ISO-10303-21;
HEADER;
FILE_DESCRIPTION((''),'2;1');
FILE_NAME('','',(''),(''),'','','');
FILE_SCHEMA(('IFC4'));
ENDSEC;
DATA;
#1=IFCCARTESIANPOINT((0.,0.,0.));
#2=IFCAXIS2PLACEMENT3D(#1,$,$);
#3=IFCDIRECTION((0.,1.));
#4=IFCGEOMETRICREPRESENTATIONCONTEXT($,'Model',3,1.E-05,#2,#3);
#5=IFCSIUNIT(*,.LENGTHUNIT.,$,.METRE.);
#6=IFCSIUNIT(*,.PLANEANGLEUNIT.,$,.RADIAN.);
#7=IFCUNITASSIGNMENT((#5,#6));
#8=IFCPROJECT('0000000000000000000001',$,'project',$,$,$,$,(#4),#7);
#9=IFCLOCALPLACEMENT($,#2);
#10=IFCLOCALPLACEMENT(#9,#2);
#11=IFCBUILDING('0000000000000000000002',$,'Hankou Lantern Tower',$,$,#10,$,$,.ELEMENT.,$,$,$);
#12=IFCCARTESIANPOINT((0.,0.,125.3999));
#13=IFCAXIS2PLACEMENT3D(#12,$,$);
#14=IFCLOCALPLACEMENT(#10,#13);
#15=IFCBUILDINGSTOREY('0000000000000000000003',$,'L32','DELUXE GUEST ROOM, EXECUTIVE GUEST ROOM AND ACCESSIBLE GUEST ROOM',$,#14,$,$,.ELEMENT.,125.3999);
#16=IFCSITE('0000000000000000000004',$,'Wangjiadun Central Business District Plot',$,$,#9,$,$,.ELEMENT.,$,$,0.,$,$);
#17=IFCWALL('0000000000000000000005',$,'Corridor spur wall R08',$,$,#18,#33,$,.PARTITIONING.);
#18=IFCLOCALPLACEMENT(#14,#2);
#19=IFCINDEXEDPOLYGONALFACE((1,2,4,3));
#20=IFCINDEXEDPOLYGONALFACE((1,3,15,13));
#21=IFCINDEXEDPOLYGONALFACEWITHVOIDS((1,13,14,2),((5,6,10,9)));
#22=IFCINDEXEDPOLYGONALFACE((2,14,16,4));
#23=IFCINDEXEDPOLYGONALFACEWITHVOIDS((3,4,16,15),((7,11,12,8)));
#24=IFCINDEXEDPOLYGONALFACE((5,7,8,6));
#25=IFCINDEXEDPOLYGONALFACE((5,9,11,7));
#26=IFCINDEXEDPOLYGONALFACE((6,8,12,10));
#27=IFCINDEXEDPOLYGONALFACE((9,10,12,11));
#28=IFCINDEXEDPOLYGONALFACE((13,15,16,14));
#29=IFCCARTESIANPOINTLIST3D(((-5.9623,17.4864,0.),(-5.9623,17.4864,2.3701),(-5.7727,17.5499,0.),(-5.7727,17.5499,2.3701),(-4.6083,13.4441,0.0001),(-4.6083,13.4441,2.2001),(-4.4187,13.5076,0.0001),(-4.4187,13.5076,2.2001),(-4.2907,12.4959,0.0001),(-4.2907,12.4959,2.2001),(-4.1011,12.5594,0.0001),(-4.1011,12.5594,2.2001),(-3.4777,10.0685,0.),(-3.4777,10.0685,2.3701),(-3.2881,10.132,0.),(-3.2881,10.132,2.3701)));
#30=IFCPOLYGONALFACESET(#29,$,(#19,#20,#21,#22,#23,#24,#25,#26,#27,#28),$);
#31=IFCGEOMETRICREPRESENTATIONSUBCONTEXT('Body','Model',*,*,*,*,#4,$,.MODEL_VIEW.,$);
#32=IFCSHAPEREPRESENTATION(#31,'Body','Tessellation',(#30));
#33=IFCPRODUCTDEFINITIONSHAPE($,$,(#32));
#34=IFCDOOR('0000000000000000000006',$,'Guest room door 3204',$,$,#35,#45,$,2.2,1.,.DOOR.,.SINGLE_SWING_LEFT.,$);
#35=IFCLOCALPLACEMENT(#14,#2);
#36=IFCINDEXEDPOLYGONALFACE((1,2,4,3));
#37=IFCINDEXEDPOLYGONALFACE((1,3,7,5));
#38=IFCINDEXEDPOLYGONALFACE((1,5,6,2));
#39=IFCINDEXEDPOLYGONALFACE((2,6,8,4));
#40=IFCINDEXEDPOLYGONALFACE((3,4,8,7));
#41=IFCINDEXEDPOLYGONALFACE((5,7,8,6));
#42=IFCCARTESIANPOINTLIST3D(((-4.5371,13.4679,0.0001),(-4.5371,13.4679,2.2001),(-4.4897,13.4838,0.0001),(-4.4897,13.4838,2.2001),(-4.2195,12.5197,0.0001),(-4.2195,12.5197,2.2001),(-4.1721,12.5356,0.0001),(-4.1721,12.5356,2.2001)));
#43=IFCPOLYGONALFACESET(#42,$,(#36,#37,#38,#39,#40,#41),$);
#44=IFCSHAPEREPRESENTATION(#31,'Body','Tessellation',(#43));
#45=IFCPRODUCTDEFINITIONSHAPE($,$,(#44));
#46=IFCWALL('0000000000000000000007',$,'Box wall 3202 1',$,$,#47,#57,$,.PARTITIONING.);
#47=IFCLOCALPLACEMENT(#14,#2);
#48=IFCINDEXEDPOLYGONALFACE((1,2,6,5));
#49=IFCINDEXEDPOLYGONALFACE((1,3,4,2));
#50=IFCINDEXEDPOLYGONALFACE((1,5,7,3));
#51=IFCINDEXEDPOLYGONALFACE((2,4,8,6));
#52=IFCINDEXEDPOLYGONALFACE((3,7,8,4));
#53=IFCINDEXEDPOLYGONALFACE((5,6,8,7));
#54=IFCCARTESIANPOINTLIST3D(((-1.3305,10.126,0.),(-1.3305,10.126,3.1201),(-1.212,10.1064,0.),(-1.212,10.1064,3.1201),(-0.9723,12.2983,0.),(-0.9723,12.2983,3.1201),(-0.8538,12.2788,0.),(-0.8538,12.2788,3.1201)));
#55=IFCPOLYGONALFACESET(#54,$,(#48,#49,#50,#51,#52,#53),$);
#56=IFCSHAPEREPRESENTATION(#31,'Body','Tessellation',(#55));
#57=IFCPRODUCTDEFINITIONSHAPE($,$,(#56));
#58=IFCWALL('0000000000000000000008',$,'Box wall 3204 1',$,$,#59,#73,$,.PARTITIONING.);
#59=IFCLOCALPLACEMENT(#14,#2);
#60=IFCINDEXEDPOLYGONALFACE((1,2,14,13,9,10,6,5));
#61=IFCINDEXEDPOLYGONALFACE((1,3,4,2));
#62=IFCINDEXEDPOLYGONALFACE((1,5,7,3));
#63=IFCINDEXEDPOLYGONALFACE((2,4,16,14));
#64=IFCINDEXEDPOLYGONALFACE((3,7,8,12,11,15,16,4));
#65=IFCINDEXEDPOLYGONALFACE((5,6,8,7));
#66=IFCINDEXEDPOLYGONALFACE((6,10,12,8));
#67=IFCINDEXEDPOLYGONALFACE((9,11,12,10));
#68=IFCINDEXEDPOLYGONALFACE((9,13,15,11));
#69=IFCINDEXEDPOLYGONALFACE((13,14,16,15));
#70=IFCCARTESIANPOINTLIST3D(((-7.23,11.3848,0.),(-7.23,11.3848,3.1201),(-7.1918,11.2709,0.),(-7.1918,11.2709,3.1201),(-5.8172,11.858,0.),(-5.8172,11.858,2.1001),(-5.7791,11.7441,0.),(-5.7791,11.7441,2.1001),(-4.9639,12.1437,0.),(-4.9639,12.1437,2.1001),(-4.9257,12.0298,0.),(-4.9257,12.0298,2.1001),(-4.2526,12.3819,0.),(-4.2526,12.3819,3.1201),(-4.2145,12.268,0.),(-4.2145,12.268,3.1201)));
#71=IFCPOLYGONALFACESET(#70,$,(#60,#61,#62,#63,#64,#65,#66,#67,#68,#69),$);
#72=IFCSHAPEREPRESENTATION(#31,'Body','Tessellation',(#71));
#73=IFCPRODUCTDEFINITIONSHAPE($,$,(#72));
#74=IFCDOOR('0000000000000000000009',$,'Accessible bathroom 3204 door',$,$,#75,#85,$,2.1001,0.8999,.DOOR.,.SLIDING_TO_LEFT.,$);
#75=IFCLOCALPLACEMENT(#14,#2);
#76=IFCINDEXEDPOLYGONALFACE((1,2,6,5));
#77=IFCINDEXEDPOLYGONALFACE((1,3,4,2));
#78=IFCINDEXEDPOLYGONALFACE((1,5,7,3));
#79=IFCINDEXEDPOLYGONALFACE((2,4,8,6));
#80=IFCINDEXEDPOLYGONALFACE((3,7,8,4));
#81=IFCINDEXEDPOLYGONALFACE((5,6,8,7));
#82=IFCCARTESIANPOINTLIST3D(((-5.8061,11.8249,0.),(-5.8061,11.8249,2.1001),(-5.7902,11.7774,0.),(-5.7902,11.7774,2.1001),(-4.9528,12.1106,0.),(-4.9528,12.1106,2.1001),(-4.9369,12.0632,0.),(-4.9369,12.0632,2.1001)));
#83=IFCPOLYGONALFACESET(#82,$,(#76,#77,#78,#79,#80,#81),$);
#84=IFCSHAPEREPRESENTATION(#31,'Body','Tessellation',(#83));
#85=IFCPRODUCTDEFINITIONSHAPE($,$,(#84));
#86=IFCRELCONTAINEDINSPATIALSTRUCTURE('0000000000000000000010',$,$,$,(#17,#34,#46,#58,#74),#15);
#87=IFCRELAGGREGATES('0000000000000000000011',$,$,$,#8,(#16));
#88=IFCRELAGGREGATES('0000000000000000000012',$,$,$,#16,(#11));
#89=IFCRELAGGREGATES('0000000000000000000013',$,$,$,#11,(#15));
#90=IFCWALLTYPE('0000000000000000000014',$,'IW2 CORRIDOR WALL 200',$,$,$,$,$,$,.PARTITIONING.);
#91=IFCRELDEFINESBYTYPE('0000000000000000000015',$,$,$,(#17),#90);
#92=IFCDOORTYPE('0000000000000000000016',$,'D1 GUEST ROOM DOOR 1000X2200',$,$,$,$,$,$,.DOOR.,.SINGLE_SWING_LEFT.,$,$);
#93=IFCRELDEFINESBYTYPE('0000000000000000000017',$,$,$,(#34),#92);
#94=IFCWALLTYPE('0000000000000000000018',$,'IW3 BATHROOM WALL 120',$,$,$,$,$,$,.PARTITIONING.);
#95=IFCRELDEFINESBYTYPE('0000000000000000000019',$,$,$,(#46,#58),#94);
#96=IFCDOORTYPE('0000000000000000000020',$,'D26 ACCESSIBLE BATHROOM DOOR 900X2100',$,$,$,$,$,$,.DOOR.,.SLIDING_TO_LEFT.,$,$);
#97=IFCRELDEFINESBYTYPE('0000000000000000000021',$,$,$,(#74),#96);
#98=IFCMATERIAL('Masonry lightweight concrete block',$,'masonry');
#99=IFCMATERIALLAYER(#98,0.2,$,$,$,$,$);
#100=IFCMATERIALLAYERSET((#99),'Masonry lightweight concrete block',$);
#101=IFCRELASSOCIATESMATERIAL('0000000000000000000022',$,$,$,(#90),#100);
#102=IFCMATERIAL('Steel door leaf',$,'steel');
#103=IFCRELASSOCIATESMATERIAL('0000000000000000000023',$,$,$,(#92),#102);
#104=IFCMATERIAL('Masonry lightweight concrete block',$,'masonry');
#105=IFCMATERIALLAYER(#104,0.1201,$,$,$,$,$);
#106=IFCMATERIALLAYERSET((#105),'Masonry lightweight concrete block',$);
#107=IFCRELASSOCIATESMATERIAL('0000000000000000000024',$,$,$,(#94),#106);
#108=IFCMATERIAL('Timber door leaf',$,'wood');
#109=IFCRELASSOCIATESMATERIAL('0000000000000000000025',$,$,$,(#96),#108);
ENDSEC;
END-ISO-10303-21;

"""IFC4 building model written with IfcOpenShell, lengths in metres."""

from ifc_helpers import new_model, si_unit, direction, frame, frame_2d, origin, place, context, subcontext, project, spatial, rectangle, extrude, material, layer, layer_set, type_object, element, fill, save


model = new_model("IFC4")

# Units and contexts
model_context = context("Model", 3, precision=1e-05, world=origin(), true_north=direction((0.0, 1.0)))
body_context = subcontext(model_context, "Body", "Model", "MODEL_VIEW")
ifc_project = project(units=[si_unit("LENGTHUNIT", "METRE"), si_unit("PLANEANGLEUNIT", "RADIAN")], contexts=[model_context])

# Site, building, storey
site_placement = place(None, origin())
site = spatial("IfcSite", under=ifc_project, at=site_placement, Name="Wangjiadun Central Business District Plot", CompositionType="ELEMENT", RefElevation=0.0)
building_placement = place(site_placement, origin())
building = spatial("IfcBuilding", under=site, at=building_placement, Name="Hankou Lantern Tower", CompositionType="ELEMENT")
storey_placement = place(building_placement, frame((0.0, 0.0, 125.3999)))
storey = spatial("IfcBuildingStorey", under=building, at=storey_placement, Name="L32", Description="DELUXE GUEST ROOM, EXECUTIVE GUEST ROOM AND ACCESSIBLE GUEST ROOM", CompositionType="ELEMENT", Elevation=125.3999)

# Shared definitions
ifc_material_1 = material(Name="Masonry lightweight concrete block", Category="masonry")
ifc_layer_1 = layer(ifc_material_1, 0.2)
ifc_layer_set_1 = layer_set([ifc_layer_1], Name="Masonry lightweight concrete block")
wall_type_1 = type_object("IfcWallType", Name="IW2 CORRIDOR WALL 200", PredefinedType="PARTITIONING", material=ifc_layer_set_1)

# Wall, opening, door
wall_1_placement = place(storey_placement, frame((-3.3828, 10.1001, 0.0), z_axis=(0.0, 0.0, 1.0), x_axis=(-0.317604, 0.948224, 0.0)))
wall_1 = element("IfcWall", 1, at=wall_1_placement, inside=storey, type_object=wall_type_1, Name="Corridor spur wall R08", PredefinedType="PARTITIONING", context=body_context, shape_type="SweptSolid", body=[
    extrude(rectangle(XDim=7.823, YDim=0.2, at=frame_2d((3.9116, 0.0))), origin(), (0.0, 0.0, 1.0), 2.3701),
])
opening_1_placement = place(wall_1_placement, frame((2.5601, 0.0, 0.0)))
opening_1 = element("IfcOpeningElement", 2, at=opening_1_placement, cuts=wall_1, PredefinedType="OPENING", context=body_context, shape_type="SweptSolid", body=[
    extrude(rectangle(XDim=1.0, YDim=2.2, at=frame_2d((0.5, 1.1001))), frame((0.0, 0.1099, 0.0), z_axis=(0.0, -1.0, 0.0), x_axis=(1.0, 0.0, 0.0)), (0.0, 0.0, 1.0), 0.22),
])
ifc_material_2 = material(Name="Steel door leaf", Category="steel")
door_type_1 = type_object("IfcDoorType", Name="D1 GUEST ROOM DOOR 1000X2200", OperationType="SINGLE_SWING_LEFT", PredefinedType="DOOR", material=ifc_material_2)
door_1_placement = place(opening_1_placement, origin())
door_1 = element("IfcDoor", 3, at=door_1_placement, inside=storey, type_object=door_type_1, Name="Guest room door 3204", OperationType="SINGLE_SWING_LEFT", OverallHeight=2.2, OverallWidth=1.0, PredefinedType="DOOR", context=body_context, shape_type="SweptSolid", body=[
    extrude(rectangle(XDim=1.0, YDim=2.2, at=frame_2d((0.5, 1.1001))), frame((0.0, 0.0249, 0.0), z_axis=(0.0, -1.0, 0.0), x_axis=(1.0, 0.0, 0.0)), (0.0, 0.0, 1.0), 0.05),
])
fill(opening_1, door_1)

# Wall
ifc_material_3 = material(Name="Masonry lightweight concrete block", Category="masonry")
ifc_layer_2 = layer(ifc_material_3, 0.1201)
ifc_layer_set_2 = layer_set([ifc_layer_2], Name="Masonry lightweight concrete block")
wall_type_2 = type_object("IfcWallType", Name="IW3 BATHROOM WALL 120", PredefinedType="PARTITIONING", material=ifc_layer_set_2)
wall_2_placement = place(storey_placement, frame((-1.2712, 10.1162, 0.0), z_axis=(0.0, 0.0, 1.0), x_axis=(0.162672, 0.98668, 0.0)))
element("IfcWall", 4, at=wall_2_placement, inside=storey, type_object=wall_type_2, Name="Box wall 3202 1", PredefinedType="PARTITIONING", context=body_context, shape_type="SweptSolid", body=[
    extrude(rectangle(XDim=2.2017, YDim=0.1201, at=frame_2d((1.1008, 0.0))), origin(), (0.0, 0.0, 1.0), 3.1201),
])

# Wall, opening, door
wall_3_placement = place(storey_placement, frame((-4.2336, 12.325, 0.0), z_axis=(0.0, 0.0, 1.0), x_axis=(-0.948239, -0.317557, 0.0)))
wall_3 = element("IfcWall", 5, at=wall_3_placement, inside=storey, type_object=wall_type_2, Name="Box wall 3204 1", PredefinedType="PARTITIONING", context=body_context, shape_type="SweptSolid", body=[
    extrude(rectangle(XDim=3.1399, YDim=0.1201, at=frame_2d((1.5698, 0.0))), origin(), (0.0, 0.0, 1.0), 3.1201),
])
opening_2_placement = place(wall_3_placement, frame((0.75, 0.0, 0.0)))
opening_2 = element("IfcOpeningElement", 6, at=opening_2_placement, cuts=wall_3, PredefinedType="OPENING", context=body_context, shape_type="SweptSolid", body=[
    extrude(rectangle(XDim=0.8999, YDim=2.1001, at=frame_2d((0.45, 1.05))), frame((0.0, 0.0701, 0.0), z_axis=(0.0, -1.0, 0.0), x_axis=(1.0, 0.0, 0.0)), (0.0, 0.0, 1.0), 0.1401),
])
ifc_material_4 = material(Name="Timber door leaf", Category="wood")
door_type_2 = type_object("IfcDoorType", Name="D26 ACCESSIBLE BATHROOM DOOR 900X2100", OperationType="SLIDING_TO_LEFT", PredefinedType="DOOR", material=ifc_material_4)
door_2_placement = place(opening_2_placement, origin())
door_2 = element("IfcDoor", 7, at=door_2_placement, inside=storey, type_object=door_type_2, Name="Accessible bathroom 3204 door", OperationType="SLIDING_TO_LEFT", OverallHeight=2.1001, OverallWidth=0.8999, PredefinedType="DOOR", context=body_context, shape_type="SweptSolid", body=[
    extrude(rectangle(XDim=0.8999, YDim=2.1001, at=frame_2d((0.45, 1.05))), frame((0.0, 0.0249, 0.0), z_axis=(0.0, -1.0, 0.0), x_axis=(1.0, 0.0, 0.0)), (0.0, 0.0, 1.0), 0.05),
])
fill(opening_2, door_2)

save(model, "model.ifc")
